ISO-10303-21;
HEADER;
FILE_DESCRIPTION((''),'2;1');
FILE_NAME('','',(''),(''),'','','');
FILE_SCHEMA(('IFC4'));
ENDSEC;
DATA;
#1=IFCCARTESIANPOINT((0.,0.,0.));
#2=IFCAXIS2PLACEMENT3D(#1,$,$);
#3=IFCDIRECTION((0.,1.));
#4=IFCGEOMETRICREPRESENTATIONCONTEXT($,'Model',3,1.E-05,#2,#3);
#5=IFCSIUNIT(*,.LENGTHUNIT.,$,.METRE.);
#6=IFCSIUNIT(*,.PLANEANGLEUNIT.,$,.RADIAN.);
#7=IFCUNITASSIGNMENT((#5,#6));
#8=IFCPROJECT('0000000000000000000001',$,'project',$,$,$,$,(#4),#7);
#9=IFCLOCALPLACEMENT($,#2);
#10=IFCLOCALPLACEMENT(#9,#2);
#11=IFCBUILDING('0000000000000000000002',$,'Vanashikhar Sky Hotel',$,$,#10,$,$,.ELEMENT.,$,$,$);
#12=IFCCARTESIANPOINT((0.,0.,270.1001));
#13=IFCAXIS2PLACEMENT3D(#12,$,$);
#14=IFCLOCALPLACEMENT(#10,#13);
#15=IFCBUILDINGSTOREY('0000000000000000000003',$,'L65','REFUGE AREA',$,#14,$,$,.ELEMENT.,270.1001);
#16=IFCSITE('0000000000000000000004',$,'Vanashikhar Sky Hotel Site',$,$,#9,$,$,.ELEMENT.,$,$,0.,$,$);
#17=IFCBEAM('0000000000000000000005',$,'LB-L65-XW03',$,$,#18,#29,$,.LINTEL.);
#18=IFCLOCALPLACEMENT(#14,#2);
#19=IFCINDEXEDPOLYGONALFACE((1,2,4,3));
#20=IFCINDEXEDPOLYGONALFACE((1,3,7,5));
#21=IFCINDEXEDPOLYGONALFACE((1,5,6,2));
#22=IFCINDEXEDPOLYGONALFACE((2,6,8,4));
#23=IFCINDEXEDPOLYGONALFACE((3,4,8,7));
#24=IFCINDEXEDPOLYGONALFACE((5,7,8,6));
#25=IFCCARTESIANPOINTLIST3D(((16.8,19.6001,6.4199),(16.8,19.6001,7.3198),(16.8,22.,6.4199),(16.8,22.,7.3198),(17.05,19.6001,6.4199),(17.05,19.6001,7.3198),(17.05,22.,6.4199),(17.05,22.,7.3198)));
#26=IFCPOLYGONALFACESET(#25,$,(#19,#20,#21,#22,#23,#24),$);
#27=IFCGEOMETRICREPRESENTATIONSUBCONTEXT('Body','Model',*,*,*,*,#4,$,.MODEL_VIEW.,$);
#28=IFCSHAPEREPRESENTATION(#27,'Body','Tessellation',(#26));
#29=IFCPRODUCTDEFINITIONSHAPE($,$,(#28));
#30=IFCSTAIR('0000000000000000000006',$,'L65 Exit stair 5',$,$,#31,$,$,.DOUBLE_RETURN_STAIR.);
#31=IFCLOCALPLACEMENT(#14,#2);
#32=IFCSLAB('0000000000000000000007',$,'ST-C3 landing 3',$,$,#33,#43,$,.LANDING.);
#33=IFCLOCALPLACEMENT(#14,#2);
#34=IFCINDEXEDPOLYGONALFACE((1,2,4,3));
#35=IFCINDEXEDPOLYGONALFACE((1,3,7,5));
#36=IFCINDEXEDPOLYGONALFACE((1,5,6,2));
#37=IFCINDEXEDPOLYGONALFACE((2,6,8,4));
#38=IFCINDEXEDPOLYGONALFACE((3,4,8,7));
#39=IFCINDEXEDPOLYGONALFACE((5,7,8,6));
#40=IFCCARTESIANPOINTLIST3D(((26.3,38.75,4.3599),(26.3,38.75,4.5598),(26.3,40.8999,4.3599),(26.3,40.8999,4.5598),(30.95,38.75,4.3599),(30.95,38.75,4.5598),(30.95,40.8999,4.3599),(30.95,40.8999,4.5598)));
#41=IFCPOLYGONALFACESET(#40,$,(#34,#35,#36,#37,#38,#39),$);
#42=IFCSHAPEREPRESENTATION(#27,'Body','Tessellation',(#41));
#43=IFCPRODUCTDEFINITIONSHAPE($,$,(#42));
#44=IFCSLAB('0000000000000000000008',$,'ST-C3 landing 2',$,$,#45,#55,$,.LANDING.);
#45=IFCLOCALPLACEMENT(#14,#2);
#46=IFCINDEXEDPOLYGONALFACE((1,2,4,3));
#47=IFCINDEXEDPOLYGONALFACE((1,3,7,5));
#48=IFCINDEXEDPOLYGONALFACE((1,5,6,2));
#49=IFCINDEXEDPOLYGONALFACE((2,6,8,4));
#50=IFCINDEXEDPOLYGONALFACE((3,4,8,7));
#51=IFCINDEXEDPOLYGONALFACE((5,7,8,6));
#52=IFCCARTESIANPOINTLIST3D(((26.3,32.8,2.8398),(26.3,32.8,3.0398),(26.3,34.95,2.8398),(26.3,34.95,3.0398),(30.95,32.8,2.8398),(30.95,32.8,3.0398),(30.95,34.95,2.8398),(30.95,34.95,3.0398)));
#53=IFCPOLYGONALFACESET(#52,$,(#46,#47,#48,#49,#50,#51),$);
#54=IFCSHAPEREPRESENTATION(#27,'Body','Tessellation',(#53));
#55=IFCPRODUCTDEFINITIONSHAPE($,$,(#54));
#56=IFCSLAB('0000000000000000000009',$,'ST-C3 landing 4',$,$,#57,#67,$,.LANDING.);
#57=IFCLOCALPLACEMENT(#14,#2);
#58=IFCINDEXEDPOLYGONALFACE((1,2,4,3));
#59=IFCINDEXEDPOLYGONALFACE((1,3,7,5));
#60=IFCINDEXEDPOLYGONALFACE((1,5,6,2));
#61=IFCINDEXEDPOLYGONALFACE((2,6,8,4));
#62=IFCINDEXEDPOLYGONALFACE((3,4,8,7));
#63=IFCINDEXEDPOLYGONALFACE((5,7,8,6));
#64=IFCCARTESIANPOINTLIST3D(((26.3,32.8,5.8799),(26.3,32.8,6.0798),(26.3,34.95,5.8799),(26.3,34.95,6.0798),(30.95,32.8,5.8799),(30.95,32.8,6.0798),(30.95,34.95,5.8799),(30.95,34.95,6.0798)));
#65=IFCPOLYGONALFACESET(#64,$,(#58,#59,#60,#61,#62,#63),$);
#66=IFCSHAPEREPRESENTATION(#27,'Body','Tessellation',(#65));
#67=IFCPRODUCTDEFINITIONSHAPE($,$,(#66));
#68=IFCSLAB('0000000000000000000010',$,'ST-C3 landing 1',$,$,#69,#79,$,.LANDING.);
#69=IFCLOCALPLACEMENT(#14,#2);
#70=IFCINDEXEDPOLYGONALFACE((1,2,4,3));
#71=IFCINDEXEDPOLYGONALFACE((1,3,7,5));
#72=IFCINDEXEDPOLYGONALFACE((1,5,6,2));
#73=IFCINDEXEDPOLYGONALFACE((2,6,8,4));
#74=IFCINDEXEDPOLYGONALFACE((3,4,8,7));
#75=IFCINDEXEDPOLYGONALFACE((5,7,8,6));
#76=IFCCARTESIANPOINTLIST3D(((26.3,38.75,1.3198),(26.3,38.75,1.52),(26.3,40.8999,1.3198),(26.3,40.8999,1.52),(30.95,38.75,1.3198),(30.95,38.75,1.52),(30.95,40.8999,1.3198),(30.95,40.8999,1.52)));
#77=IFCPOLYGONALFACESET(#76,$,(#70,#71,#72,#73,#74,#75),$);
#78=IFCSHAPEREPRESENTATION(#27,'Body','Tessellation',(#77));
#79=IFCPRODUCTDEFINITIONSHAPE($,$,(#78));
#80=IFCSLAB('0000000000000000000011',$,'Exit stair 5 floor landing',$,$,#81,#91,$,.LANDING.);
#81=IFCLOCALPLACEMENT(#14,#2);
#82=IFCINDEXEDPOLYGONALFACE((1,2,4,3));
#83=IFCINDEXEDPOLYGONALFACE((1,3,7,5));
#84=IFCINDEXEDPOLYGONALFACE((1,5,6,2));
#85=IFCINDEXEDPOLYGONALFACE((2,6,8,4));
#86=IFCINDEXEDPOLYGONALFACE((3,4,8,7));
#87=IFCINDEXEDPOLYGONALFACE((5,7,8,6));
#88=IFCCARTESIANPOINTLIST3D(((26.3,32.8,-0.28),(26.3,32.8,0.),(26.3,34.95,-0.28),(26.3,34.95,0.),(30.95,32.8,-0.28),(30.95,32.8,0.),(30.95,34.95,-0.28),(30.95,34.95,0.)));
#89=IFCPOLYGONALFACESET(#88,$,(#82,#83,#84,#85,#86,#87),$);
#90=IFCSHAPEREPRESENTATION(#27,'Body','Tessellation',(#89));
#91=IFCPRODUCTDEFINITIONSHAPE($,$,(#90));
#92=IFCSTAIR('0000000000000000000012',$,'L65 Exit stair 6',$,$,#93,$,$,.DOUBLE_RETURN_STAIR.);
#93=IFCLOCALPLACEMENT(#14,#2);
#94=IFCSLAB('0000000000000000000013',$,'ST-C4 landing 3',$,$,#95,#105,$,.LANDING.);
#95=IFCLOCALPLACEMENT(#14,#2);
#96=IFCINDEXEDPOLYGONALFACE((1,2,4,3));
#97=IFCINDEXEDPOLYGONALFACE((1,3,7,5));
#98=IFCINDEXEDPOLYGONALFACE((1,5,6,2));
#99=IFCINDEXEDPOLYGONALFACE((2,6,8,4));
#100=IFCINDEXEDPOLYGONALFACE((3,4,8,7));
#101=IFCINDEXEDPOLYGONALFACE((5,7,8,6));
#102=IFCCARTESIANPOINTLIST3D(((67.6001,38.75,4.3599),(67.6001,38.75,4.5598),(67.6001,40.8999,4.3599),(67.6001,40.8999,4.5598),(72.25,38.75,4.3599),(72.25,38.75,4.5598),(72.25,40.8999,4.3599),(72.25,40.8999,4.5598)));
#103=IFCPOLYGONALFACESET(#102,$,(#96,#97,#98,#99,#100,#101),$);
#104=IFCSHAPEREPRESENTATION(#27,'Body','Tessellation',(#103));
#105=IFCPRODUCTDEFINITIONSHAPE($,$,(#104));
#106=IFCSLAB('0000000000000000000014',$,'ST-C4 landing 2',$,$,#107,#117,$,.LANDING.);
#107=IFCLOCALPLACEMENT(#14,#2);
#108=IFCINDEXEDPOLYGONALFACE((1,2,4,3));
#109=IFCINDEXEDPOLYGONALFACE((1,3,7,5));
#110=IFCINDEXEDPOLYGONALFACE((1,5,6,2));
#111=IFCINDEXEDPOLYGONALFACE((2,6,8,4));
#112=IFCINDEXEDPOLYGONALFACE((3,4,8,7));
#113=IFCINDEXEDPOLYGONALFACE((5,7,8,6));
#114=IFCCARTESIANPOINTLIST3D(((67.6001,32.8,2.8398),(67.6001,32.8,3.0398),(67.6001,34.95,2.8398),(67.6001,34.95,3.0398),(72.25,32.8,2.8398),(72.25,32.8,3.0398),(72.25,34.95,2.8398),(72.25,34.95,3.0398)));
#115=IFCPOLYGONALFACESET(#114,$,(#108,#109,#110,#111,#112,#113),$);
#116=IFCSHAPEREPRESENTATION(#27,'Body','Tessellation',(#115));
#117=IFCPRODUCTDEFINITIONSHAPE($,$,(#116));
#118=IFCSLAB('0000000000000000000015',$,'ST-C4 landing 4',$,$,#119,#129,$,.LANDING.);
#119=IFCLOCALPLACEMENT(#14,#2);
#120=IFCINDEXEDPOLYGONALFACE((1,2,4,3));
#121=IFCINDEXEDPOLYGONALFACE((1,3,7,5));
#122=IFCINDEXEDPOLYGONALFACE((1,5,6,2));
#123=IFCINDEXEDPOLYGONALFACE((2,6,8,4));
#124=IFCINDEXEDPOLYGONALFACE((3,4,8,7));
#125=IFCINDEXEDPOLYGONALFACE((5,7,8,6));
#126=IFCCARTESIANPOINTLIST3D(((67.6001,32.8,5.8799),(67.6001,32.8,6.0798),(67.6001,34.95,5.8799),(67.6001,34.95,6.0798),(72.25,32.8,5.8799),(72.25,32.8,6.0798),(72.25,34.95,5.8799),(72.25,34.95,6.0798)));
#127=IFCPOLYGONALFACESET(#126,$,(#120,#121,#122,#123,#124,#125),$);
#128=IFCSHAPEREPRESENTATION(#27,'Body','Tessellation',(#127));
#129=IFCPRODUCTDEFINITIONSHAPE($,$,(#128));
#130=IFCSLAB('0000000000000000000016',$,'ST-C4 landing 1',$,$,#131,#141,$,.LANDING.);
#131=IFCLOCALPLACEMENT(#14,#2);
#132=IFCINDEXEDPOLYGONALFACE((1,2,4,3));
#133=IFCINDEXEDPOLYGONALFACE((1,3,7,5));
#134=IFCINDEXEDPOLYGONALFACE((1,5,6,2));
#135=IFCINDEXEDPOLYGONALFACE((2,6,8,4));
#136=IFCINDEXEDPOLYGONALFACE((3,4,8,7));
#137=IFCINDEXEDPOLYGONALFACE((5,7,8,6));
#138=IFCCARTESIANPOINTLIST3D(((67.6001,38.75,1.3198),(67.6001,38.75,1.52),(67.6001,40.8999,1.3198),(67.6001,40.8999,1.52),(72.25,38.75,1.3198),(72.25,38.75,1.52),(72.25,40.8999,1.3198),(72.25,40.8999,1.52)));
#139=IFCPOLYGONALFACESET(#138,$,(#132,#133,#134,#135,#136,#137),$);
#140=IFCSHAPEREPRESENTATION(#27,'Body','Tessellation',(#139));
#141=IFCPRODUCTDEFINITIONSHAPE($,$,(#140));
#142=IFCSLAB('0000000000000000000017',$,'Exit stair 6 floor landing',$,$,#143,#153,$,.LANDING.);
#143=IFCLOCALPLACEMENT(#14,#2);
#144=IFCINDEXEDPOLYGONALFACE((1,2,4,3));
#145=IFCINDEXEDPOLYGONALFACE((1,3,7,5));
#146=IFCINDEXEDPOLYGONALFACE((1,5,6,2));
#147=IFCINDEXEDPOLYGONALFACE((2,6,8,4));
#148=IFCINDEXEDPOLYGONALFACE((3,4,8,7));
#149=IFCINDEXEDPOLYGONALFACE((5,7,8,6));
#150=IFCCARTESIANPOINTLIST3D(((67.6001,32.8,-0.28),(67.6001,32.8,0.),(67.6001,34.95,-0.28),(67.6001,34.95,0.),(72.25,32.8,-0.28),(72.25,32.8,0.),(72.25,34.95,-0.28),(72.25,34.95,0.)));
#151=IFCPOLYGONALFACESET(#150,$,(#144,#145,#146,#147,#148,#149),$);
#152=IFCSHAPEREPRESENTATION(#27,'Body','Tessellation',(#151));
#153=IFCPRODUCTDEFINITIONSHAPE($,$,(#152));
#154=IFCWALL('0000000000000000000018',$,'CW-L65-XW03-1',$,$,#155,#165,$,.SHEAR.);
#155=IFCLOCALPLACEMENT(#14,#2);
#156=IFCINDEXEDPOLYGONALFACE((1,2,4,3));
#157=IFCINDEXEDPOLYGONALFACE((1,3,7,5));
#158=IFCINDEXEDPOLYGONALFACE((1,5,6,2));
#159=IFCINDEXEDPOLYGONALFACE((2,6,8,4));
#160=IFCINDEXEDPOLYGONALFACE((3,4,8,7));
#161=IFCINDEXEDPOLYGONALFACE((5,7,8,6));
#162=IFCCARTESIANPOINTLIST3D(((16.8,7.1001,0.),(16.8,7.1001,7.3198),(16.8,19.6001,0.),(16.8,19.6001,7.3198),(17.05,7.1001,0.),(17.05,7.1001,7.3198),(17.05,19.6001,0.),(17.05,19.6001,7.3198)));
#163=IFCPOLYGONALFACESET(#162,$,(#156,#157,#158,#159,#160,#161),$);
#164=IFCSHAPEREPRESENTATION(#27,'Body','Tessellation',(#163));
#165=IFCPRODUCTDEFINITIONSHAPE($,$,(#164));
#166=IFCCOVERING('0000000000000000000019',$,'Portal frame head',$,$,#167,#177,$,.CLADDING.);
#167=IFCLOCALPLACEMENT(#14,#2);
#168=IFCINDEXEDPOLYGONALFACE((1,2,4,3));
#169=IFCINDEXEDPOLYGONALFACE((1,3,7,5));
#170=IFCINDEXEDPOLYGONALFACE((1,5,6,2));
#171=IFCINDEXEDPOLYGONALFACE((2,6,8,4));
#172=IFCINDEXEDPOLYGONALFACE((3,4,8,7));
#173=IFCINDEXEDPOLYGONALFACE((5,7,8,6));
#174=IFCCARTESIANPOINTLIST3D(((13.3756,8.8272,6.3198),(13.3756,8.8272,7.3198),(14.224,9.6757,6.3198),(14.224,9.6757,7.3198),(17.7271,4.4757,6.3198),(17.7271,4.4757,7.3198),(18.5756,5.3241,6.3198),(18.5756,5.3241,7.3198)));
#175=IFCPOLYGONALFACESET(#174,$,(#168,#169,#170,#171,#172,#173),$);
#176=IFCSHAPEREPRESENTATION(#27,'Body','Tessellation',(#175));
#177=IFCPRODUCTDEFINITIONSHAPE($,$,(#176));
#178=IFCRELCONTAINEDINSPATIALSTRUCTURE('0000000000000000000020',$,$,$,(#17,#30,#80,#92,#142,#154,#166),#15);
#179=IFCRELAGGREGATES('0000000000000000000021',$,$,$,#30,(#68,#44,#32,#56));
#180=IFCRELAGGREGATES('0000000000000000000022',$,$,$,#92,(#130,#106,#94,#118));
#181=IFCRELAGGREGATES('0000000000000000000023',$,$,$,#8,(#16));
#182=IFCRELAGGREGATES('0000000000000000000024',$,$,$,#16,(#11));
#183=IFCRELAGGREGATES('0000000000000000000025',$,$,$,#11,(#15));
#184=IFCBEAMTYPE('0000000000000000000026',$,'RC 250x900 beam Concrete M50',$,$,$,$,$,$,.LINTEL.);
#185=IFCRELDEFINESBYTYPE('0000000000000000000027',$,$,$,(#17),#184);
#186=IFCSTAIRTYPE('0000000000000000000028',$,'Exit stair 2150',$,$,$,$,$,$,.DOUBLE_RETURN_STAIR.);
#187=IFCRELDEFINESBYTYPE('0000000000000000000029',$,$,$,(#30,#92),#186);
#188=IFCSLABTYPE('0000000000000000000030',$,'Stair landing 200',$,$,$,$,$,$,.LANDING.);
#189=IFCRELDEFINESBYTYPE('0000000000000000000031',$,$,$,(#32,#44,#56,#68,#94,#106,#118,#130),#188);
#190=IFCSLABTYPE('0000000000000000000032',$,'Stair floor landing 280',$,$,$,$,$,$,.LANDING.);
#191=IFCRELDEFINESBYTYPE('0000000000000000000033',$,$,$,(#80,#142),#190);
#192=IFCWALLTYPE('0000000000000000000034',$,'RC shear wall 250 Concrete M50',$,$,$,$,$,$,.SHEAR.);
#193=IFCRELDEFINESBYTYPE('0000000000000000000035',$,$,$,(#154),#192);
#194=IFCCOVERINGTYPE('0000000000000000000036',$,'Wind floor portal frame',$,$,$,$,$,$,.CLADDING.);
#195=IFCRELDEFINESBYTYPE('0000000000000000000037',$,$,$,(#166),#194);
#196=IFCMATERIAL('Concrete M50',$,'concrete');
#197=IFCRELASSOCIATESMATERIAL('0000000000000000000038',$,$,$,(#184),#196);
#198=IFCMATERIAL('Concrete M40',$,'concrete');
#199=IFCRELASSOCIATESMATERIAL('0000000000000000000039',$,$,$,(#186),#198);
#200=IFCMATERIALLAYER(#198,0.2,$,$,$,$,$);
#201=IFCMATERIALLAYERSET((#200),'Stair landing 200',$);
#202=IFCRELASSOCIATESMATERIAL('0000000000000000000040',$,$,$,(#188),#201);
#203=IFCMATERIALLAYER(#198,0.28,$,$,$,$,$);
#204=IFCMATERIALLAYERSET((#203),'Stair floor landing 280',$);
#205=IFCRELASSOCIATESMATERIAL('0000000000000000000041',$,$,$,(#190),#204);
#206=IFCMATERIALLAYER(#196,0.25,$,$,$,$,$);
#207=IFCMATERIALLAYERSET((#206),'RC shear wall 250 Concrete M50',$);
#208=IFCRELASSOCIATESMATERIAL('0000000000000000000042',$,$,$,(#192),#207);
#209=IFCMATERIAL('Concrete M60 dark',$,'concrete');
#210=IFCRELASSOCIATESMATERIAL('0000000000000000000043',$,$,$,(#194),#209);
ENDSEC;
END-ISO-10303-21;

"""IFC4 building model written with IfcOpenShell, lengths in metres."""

from ifc_helpers import new_model, si_unit, direction, frame, frame_2d, origin, origin_2d, place, context, subcontext, project, spatial, polyline, rectangle, outline, extrude, source, transform, mapped, material, layer, layer_set, material_profile, profile_set, type_object, element, aggregate, save


model = new_model("IFC4")

# Units and contexts
model_context = context("Model", 3, precision=1e-05, world=origin(), true_north=direction((0.0, 1.0)))
body_context = subcontext(model_context, "Body", "Model", "MODEL_VIEW")
ifc_project = project(units=[si_unit("LENGTHUNIT", "METRE"), si_unit("PLANEANGLEUNIT", "RADIAN")], contexts=[model_context])

# Site, building, storey
site_placement = place(None, origin())
site = spatial("IfcSite", under=ifc_project, at=site_placement, Name="Vanashikhar Sky Hotel Site", CompositionType="ELEMENT", RefElevation=0.0)
building_placement = place(site_placement, origin())
building = spatial("IfcBuilding", under=site, at=building_placement, Name="Vanashikhar Sky Hotel", CompositionType="ELEMENT")
storey_placement = place(building_placement, frame((0.0, 0.0, 270.1001)))
storey = spatial("IfcBuildingStorey", under=building, at=storey_placement, Name="L65", Description="REFUGE AREA", CompositionType="ELEMENT", Elevation=270.1001)

# Beam
ifc_material_1 = material(Name="Concrete M50", Category="concrete")
ifc_material_profile = material_profile(ifc_material_1, rectangle(XDim=0.25, YDim=0.8999, at=origin_2d()))
ifc_profile_set = profile_set([ifc_material_profile], Name="RC 250x900 beam Concrete M50")
beam_type = type_object("IfcBeamType", Name="RC 250x900 beam Concrete M50", PredefinedType="LINTEL", material=ifc_profile_set)
shared_shape_1 = source(origin(), body_context, "Body", "SweptSolid", [
    extrude(rectangle(XDim=0.25, YDim=0.8999, at=origin_2d()), origin(), (0.0, 0.0, 1.0), 2.3999),
])
beam_placement = place(storey_placement, frame((16.925, 19.6001, 6.8699), z_axis=(0.0, 1.0, 0.0), x_axis=(-1.0, 0.0, 0.0)))
element("IfcBeam", 1, at=beam_placement, inside=storey, type_object=beam_type, Name="LB-L65-XW03", PredefinedType="LINTEL", context=body_context, shape_type="MappedRepresentation", body=[
    mapped(shared_shape_1, transform((0.0, 0.0, 0.0), scale=1.0)),
])

# Stair, slabs
ifc_material_2 = material(Name="Concrete M40", Category="concrete")
stair_type = type_object("IfcStairType", Name="Exit stair 2150", PredefinedType="DOUBLE_RETURN_STAIR", material=ifc_material_2)
stair_1_placement = place(storey_placement, origin())
stair_1 = element("IfcStair", 2, at=stair_1_placement, inside=storey, type_object=stair_type, Name="L65 Exit stair 5", PredefinedType="DOUBLE_RETURN_STAIR")
ifc_layer_1 = layer(ifc_material_2, 0.2)
ifc_layer_set_1 = layer_set([ifc_layer_1], Name="Stair landing 200")
slab_type_1 = type_object("IfcSlabType", Name="Stair landing 200", PredefinedType="LANDING", material=ifc_layer_set_1)
shared_shape_2 = source(origin(), body_context, "Body", "SweptSolid", [
    extrude(outline(polyline([(30.95, 38.75), (30.95, 40.8999), (26.3, 40.8999), (26.3, 38.75), (30.95, 38.75)])), origin(), (0.0, 0.0, 1.0), 0.2),
])
slab_1_placement = place(storey_placement, frame((0.0, 0.0, 4.3599)))
slab_1 = element("IfcSlab", 3, at=slab_1_placement, type_object=slab_type_1, Name="ST-C3 landing 3", PredefinedType="LANDING", context=body_context, shape_type="MappedRepresentation", body=[
    mapped(shared_shape_2, transform((0.0, 0.0, 0.0), scale=1.0)),
])
shared_shape_3 = source(origin(), body_context, "Body", "SweptSolid", [
    extrude(outline(polyline([(30.95, 32.8), (30.95, 34.95), (26.3, 34.95), (26.3, 32.8), (30.95, 32.8)])), origin(), (0.0, 0.0, 1.0), 0.2),
])
slab_2_placement = place(storey_placement, frame((0.0, 0.0, 2.8398)))
slab_2 = element("IfcSlab", 4, at=slab_2_placement, type_object=slab_type_1, Name="ST-C3 landing 2", PredefinedType="LANDING", context=body_context, shape_type="MappedRepresentation", body=[
    mapped(shared_shape_3, transform((0.0, 0.0, 0.0), scale=1.0)),
])
slab_3_placement = place(storey_placement, frame((0.0, 0.0, 5.8799)))
slab_3 = element("IfcSlab", 5, at=slab_3_placement, type_object=slab_type_1, Name="ST-C3 landing 4", PredefinedType="LANDING", context=body_context, shape_type="MappedRepresentation", body=[
    mapped(shared_shape_3, transform((0.0, 0.0, 0.0), scale=1.0)),
])
shared_shape_4 = source(origin(), body_context, "Body", "SweptSolid", [
    extrude(outline(polyline([(30.95, 38.75), (30.95, 40.8999), (26.3, 40.8999), (26.3, 38.75), (30.95, 38.75)])), origin(), (0.0, 0.0, 1.0), 0.2002),
])
slab_4_placement = place(storey_placement, frame((0.0, 0.0, 1.3198)))
slab_4 = element("IfcSlab", 6, at=slab_4_placement, type_object=slab_type_1, Name="ST-C3 landing 1", PredefinedType="LANDING", context=body_context, shape_type="MappedRepresentation", body=[
    mapped(shared_shape_4, transform((0.0, 0.0, 0.0), scale=1.0)),
])
aggregate(stair_1, [slab_4, slab_2, slab_1, slab_3])

# Slab
ifc_layer_2 = layer(ifc_material_2, 0.28)
ifc_layer_set_2 = layer_set([ifc_layer_2], Name="Stair floor landing 280")
slab_type_2 = type_object("IfcSlabType", Name="Stair floor landing 280", PredefinedType="LANDING", material=ifc_layer_set_2)
shared_shape_5 = source(origin(), body_context, "Body", "SweptSolid", [
    extrude(outline(polyline([(30.95, 32.8), (30.95, 34.95), (26.3, 34.95), (26.3, 32.8), (30.95, 32.8)])), origin(), (0.0, 0.0, 1.0), 0.28),
])
slab_5_placement = place(storey_placement, frame((0.0, 0.0, -0.28)))
element("IfcSlab", 7, at=slab_5_placement, inside=storey, type_object=slab_type_2, Name="Exit stair 5 floor landing", PredefinedType="LANDING", context=body_context, shape_type="MappedRepresentation", body=[
    mapped(shared_shape_5, transform((0.0, 0.0, 0.0), scale=1.0)),
])

# Stair, slabs
stair_2_placement = place(storey_placement, origin())
stair_2 = element("IfcStair", 8, at=stair_2_placement, inside=storey, type_object=stair_type, Name="L65 Exit stair 6", PredefinedType="DOUBLE_RETURN_STAIR")
shared_shape_6 = source(origin(), body_context, "Body", "SweptSolid", [
    extrude(outline(polyline([(72.25, 38.75), (72.25, 40.8999), (67.6001, 40.8999), (67.6001, 38.75), (72.25, 38.75)])), origin(), (0.0, 0.0, 1.0), 0.2),
])
slab_6_placement = place(storey_placement, frame((0.0, 0.0, 4.3599)))
slab_6 = element("IfcSlab", 9, at=slab_6_placement, type_object=slab_type_1, Name="ST-C4 landing 3", PredefinedType="LANDING", context=body_context, shape_type="MappedRepresentation", body=[
    mapped(shared_shape_6, transform((0.0, 0.0, 0.0), scale=1.0)),
])
shared_shape_7 = source(origin(), body_context, "Body", "SweptSolid", [
    extrude(outline(polyline([(72.25, 32.8), (72.25, 34.95), (67.6001, 34.95), (67.6001, 32.8), (72.25, 32.8)])), origin(), (0.0, 0.0, 1.0), 0.2),
])
slab_7_placement = place(storey_placement, frame((0.0, 0.0, 2.8398)))
slab_7 = element("IfcSlab", 10, at=slab_7_placement, type_object=slab_type_1, Name="ST-C4 landing 2", PredefinedType="LANDING", context=body_context, shape_type="MappedRepresentation", body=[
    mapped(shared_shape_7, transform((0.0, 0.0, 0.0), scale=1.0)),
])
slab_8_placement = place(storey_placement, frame((0.0, 0.0, 5.8799)))
slab_8 = element("IfcSlab", 11, at=slab_8_placement, type_object=slab_type_1, Name="ST-C4 landing 4", PredefinedType="LANDING", context=body_context, shape_type="MappedRepresentation", body=[
    mapped(shared_shape_7, transform((0.0, 0.0, 0.0), scale=1.0)),
])
shared_shape_8 = source(origin(), body_context, "Body", "SweptSolid", [
    extrude(outline(polyline([(72.25, 38.75), (72.25, 40.8999), (67.6001, 40.8999), (67.6001, 38.75), (72.25, 38.75)])), origin(), (0.0, 0.0, 1.0), 0.2002),
])
slab_9_placement = place(storey_placement, frame((0.0, 0.0, 1.3198)))
slab_9 = element("IfcSlab", 12, at=slab_9_placement, type_object=slab_type_1, Name="ST-C4 landing 1", PredefinedType="LANDING", context=body_context, shape_type="MappedRepresentation", body=[
    mapped(shared_shape_8, transform((0.0, 0.0, 0.0), scale=1.0)),
])
aggregate(stair_2, [slab_9, slab_7, slab_6, slab_8])

# Slab
shared_shape_9 = source(origin(), body_context, "Body", "SweptSolid", [
    extrude(outline(polyline([(72.25, 32.8), (72.25, 34.95), (67.6001, 34.95), (67.6001, 32.8), (72.25, 32.8)])), origin(), (0.0, 0.0, 1.0), 0.28),
])
slab_10_placement = place(storey_placement, frame((0.0, 0.0, -0.28)))
element("IfcSlab", 13, at=slab_10_placement, inside=storey, type_object=slab_type_2, Name="Exit stair 6 floor landing", PredefinedType="LANDING", context=body_context, shape_type="MappedRepresentation", body=[
    mapped(shared_shape_9, transform((0.0, 0.0, 0.0), scale=1.0)),
])

# Wall
ifc_layer_3 = layer(ifc_material_1, 0.25)
ifc_layer_set_3 = layer_set([ifc_layer_3], Name="RC shear wall 250 Concrete M50")
wall_type = type_object("IfcWallType", Name="RC shear wall 250 Concrete M50", PredefinedType="SHEAR", material=ifc_layer_set_3)
shared_shape_10 = source(origin(), body_context, "Body", "SweptSolid", [
    extrude(rectangle(XDim=12.5, YDim=0.25, at=frame_2d((6.25, 0.0))), origin(), (0.0, 0.0, 1.0), 7.3198),
])
wall_placement = place(storey_placement, frame((16.925, 7.1001, 0.0), z_axis=(0.0, 0.0, 1.0), x_axis=(0.0, 1.0, 0.0)))
element("IfcWall", 14, at=wall_placement, inside=storey, type_object=wall_type, Name="CW-L65-XW03-1", PredefinedType="SHEAR", context=body_context, shape_type="MappedRepresentation", body=[
    mapped(shared_shape_10, transform((0.0, 0.0, 0.0), scale=1.0)),
])

# Covering
ifc_material_3 = material(Name="Concrete M60 dark", Category="concrete")
covering_type = type_object("IfcCoveringType", Name="Wind floor portal frame", PredefinedType="CLADDING", material=ifc_material_3)
shared_shape_11 = source(origin(), body_context, "Body", "SweptSolid", [
    extrude(rectangle(XDim=6.1541, YDim=1.2, at=origin_2d()), origin(), (0.0, 0.0, 1.0), 1.0),
])
covering_1_placement = place(storey_placement, frame((15.9756, 7.0757, 6.3198), z_axis=(0.0, 0.0, 1.0), x_axis=(0.707107, -0.707107, 0.0)))
element("IfcCovering", 15, at=covering_1_placement, inside=storey, type_object=covering_type, Name="Portal frame head", PredefinedType="CLADDING", context=body_context, shape_type="MappedRepresentation", body=[
    mapped(shared_shape_11, transform((0.0, 0.0, 0.0), scale=1.0)),
])

save(model, "model.ifc")
